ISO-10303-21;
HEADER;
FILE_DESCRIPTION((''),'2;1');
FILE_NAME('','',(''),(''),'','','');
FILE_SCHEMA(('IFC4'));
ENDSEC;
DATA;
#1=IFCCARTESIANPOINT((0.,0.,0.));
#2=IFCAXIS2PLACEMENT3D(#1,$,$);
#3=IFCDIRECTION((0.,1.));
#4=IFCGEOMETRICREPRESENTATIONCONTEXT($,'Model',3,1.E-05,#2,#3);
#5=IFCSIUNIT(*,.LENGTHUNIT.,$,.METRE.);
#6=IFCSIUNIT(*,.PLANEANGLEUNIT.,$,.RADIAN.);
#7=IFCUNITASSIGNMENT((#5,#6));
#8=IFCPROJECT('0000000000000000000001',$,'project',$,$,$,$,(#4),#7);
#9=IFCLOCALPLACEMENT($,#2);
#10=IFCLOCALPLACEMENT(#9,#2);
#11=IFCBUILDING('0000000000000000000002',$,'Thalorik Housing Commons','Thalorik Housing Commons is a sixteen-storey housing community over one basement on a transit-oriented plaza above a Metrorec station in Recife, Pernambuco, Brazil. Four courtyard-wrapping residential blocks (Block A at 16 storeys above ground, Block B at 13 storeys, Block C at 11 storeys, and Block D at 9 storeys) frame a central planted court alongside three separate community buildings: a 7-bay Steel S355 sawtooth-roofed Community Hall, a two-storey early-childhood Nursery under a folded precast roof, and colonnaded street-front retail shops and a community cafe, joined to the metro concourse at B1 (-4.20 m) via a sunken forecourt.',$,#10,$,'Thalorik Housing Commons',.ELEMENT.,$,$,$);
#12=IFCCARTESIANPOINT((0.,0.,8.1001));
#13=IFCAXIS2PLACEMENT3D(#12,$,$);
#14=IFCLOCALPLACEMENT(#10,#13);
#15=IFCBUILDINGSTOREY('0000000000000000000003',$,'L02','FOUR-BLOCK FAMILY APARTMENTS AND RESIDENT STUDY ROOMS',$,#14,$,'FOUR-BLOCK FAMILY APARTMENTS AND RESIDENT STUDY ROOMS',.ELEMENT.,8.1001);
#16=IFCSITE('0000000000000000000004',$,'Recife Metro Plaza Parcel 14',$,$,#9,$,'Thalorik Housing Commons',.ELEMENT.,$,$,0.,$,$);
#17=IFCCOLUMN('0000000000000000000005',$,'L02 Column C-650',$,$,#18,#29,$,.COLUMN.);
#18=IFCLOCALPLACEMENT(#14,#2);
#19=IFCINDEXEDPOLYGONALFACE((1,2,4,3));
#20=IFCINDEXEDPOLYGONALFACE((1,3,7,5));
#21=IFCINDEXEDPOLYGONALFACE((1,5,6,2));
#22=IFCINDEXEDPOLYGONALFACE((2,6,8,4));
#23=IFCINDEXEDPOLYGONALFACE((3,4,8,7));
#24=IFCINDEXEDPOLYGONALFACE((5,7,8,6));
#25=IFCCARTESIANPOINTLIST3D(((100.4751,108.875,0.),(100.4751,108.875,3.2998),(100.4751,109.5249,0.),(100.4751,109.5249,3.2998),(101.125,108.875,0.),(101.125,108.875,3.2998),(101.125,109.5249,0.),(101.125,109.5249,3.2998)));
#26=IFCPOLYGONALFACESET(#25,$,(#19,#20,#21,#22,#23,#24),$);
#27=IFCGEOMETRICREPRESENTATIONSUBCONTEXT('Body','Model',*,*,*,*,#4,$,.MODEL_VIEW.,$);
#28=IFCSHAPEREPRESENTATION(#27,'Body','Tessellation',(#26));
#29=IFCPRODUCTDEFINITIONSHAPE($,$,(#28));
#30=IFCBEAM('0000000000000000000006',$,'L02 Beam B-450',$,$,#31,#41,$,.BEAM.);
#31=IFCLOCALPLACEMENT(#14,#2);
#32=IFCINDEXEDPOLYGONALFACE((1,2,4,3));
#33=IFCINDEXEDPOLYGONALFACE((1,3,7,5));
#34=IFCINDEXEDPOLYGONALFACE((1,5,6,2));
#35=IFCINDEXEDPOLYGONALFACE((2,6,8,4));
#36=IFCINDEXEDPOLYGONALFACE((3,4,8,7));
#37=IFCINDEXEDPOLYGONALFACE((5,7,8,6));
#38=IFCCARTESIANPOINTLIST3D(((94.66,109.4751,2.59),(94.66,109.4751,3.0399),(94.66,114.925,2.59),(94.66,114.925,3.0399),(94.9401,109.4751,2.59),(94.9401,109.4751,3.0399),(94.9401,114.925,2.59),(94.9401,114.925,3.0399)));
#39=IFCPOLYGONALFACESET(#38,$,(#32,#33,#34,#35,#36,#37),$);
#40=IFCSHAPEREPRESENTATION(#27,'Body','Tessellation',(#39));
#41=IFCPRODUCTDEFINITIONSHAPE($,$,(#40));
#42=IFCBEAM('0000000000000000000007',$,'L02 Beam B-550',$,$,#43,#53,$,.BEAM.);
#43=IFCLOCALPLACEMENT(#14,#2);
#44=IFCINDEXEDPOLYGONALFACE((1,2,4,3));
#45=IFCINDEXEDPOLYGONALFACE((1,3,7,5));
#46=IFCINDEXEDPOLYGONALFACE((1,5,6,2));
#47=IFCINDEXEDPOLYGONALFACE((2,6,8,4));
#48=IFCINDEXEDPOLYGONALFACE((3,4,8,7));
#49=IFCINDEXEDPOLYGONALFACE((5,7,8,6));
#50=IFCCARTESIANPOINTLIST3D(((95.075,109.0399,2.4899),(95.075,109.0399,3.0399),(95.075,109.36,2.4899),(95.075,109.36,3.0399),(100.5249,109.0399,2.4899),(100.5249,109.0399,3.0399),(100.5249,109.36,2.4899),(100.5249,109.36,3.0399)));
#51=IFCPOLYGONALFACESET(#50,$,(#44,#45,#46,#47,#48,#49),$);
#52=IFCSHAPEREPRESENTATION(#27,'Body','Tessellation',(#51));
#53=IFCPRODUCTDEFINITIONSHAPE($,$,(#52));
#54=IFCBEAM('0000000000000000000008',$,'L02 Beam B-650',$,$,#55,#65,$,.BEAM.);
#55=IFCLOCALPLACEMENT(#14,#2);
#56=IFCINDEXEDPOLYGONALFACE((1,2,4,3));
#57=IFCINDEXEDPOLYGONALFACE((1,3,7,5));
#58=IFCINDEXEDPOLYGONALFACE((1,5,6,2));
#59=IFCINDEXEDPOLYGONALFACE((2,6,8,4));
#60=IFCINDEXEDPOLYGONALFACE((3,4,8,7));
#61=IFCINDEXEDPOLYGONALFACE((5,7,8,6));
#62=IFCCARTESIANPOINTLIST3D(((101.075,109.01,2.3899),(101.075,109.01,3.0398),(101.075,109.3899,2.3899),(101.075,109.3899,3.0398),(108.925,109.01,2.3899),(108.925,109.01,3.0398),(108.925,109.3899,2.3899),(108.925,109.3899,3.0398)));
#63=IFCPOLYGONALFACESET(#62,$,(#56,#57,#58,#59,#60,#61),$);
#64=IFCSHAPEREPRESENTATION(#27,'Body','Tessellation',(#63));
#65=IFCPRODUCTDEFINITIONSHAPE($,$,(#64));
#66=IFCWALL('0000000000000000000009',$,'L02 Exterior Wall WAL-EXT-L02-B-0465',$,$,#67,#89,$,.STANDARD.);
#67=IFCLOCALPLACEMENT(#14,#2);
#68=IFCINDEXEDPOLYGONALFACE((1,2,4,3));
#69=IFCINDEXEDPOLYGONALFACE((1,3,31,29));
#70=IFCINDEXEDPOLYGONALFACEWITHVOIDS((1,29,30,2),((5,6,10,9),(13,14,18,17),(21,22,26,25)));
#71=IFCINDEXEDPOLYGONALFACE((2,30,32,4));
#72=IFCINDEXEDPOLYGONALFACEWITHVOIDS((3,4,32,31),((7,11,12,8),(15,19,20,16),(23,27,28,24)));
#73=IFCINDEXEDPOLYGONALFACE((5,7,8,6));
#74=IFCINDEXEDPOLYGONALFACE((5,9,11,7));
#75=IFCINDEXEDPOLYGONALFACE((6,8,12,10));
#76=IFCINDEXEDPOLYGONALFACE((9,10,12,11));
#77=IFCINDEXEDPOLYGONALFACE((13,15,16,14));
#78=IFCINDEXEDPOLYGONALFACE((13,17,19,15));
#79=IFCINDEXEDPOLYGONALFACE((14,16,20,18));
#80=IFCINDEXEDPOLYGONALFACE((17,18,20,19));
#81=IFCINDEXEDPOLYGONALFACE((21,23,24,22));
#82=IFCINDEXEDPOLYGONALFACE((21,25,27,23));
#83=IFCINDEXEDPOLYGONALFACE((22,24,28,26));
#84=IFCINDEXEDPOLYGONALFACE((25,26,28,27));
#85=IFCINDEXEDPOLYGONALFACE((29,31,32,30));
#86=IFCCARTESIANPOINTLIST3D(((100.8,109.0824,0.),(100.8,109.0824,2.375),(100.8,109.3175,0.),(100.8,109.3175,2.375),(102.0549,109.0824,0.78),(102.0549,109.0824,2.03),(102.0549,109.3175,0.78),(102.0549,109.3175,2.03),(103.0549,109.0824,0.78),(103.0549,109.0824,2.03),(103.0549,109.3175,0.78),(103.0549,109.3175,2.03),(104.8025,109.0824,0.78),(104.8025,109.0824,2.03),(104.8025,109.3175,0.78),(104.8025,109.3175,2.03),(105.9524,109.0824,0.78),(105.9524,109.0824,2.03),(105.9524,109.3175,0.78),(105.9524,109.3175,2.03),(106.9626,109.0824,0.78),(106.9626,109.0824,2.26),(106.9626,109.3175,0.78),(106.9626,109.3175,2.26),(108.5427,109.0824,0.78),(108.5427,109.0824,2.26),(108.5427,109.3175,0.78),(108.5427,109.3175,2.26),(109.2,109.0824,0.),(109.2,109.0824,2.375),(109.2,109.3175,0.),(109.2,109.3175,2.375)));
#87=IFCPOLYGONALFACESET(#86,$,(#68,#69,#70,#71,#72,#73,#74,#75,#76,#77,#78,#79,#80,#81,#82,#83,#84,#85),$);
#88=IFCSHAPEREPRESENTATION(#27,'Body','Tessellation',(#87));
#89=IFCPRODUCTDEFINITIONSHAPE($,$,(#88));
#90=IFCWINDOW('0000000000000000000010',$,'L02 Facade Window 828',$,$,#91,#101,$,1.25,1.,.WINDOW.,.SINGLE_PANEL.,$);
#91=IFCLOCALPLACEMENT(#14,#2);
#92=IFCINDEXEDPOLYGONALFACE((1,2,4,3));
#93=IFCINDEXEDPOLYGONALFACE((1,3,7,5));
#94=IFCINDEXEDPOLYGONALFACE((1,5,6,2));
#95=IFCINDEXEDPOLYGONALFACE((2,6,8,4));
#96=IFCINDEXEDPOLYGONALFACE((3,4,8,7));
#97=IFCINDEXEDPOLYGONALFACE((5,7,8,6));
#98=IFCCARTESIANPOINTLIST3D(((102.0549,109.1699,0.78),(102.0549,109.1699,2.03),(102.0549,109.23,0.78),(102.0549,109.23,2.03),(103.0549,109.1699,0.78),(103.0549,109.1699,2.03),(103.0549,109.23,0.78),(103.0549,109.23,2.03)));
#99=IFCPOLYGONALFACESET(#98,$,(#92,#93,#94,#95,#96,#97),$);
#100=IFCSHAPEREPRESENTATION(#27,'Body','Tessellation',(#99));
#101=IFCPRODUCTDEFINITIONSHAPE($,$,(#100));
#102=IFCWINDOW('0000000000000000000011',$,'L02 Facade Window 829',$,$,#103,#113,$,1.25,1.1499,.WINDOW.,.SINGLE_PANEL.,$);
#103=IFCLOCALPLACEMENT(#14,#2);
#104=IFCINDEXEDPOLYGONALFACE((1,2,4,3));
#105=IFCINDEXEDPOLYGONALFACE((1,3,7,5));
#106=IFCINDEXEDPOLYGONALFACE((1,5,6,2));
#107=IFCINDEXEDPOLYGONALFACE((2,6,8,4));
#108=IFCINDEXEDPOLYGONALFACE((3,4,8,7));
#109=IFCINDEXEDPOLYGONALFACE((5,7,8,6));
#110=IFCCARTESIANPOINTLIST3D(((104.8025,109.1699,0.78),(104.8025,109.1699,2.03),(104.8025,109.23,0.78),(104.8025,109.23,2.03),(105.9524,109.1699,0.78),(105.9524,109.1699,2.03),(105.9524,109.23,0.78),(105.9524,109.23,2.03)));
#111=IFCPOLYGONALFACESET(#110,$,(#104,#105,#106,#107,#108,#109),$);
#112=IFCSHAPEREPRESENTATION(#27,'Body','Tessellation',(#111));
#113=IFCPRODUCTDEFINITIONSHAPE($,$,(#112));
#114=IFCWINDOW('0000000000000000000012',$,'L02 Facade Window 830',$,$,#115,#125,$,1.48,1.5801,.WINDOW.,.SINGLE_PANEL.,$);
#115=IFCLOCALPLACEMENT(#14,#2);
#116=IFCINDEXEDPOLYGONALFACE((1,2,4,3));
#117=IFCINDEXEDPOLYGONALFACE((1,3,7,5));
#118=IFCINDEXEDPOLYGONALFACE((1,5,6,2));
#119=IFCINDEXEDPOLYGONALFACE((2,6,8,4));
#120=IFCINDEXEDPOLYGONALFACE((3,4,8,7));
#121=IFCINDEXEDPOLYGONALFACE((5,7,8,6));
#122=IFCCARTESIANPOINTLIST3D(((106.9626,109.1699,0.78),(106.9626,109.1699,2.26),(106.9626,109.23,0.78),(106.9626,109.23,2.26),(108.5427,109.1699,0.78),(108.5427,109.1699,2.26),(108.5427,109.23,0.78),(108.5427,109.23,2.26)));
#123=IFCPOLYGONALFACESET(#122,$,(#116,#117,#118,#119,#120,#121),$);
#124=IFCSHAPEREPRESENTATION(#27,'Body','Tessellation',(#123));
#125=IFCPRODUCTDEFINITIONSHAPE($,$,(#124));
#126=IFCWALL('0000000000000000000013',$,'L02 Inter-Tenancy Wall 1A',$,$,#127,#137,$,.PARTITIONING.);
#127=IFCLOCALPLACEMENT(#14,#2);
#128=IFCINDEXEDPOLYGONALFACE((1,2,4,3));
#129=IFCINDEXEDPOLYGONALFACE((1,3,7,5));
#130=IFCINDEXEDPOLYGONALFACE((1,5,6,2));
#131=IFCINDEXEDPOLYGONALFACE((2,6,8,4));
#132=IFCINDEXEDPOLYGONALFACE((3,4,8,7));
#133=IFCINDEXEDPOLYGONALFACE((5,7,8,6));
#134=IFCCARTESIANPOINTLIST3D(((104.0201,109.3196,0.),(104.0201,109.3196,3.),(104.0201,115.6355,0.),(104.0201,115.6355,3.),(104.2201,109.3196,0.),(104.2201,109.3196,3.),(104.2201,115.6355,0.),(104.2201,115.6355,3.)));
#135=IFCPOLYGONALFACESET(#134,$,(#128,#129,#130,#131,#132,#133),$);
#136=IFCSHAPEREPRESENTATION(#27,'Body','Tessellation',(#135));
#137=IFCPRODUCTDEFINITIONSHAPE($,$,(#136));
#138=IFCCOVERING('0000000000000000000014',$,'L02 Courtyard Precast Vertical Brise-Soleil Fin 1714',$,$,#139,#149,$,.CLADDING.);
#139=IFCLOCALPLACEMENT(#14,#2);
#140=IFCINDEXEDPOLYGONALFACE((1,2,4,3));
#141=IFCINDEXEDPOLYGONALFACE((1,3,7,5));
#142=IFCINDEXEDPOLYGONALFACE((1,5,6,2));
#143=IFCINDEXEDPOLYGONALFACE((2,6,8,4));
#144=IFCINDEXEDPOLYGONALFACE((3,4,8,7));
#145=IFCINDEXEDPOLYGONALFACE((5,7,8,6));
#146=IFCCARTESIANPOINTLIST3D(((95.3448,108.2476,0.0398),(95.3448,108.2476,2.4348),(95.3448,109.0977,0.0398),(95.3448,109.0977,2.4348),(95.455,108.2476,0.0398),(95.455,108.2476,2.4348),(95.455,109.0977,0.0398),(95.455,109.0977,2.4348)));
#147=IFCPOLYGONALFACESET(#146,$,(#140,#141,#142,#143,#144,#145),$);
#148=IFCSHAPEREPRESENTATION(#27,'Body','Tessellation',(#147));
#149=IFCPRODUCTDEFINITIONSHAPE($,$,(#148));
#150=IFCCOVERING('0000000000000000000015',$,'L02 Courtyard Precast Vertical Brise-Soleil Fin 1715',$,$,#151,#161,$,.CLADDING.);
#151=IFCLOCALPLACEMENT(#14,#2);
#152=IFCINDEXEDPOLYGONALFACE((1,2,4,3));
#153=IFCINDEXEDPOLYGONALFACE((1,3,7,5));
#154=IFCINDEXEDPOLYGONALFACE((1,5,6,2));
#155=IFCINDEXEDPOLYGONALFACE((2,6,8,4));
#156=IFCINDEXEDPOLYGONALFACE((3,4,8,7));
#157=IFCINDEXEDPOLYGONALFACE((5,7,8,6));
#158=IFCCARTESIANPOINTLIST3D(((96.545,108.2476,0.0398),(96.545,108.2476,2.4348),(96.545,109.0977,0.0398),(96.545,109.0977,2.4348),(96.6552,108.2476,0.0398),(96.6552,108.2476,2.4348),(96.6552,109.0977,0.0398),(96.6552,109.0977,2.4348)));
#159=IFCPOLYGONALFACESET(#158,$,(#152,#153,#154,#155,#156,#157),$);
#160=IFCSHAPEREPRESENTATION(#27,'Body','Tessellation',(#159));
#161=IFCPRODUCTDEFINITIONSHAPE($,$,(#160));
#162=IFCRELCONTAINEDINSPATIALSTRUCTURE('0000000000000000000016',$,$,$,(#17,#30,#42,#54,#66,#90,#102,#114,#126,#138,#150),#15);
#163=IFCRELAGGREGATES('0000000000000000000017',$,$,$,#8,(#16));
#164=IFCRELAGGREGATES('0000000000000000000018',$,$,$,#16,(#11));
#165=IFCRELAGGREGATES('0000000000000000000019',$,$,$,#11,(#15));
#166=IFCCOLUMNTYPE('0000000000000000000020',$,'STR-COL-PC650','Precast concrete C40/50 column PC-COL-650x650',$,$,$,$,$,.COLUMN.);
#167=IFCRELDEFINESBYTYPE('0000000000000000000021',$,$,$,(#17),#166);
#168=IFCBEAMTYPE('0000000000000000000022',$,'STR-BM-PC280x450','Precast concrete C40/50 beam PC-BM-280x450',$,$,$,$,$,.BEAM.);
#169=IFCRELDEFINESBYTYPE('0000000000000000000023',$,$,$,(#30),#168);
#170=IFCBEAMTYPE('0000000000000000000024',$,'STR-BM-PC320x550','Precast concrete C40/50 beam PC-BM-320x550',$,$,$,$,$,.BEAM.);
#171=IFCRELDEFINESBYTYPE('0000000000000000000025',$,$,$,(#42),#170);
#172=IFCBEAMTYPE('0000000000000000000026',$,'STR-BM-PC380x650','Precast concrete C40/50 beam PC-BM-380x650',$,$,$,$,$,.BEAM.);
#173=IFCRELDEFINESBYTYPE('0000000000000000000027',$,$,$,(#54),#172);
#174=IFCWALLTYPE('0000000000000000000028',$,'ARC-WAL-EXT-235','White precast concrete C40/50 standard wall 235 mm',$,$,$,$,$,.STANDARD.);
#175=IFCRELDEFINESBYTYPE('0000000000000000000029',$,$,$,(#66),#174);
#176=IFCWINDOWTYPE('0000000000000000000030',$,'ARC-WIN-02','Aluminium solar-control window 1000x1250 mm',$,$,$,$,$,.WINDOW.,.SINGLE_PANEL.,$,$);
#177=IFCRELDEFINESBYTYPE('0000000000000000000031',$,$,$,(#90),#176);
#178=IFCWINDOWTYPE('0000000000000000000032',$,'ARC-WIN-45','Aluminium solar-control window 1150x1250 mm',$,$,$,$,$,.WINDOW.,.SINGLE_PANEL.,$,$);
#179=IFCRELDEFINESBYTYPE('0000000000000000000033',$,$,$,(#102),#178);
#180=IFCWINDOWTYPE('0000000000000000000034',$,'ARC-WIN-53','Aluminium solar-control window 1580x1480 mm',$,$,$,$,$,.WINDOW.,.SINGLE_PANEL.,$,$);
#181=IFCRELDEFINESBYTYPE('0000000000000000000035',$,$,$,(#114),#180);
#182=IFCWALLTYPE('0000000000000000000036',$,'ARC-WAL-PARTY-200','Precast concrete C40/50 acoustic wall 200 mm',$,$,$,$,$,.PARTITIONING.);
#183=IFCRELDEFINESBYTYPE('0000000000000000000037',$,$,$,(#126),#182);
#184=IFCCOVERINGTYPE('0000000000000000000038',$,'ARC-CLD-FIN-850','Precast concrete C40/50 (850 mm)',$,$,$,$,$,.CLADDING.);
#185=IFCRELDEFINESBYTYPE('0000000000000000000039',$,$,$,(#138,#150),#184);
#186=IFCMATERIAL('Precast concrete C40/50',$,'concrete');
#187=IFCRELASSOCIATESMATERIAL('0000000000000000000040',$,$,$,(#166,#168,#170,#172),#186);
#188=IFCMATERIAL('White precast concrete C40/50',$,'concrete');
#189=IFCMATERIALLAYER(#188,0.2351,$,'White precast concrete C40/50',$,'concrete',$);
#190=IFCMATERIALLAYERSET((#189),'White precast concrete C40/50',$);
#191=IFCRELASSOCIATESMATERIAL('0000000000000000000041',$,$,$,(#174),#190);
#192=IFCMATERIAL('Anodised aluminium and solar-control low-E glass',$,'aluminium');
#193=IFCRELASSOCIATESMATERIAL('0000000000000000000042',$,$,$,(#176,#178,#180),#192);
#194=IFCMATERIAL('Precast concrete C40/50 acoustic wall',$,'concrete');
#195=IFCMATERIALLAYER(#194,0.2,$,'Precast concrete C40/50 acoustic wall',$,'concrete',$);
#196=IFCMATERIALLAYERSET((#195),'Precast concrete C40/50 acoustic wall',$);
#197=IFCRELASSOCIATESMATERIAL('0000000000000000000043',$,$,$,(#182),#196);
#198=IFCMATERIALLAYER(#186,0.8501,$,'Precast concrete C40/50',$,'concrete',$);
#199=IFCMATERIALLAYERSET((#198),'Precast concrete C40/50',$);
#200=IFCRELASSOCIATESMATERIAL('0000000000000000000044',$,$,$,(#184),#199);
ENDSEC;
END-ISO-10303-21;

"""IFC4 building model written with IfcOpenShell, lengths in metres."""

from ifc_helpers import new_model, si_unit, direction, frame, frame_2d, origin, origin_2d, place, context, subcontext, project, spatial, rectangle, extrude, material, layer, layer_set, material_profile, profile_set, type_object, element, fill, save


model = new_model("IFC4")

# Units and contexts
model_context = context("Model", 3, precision=1e-05, world=origin(), true_north=direction((0.0, 1.0)))
body_context = subcontext(model_context, "Body", "Model", "MODEL_VIEW")
ifc_project = project(units=[si_unit("LENGTHUNIT", "METRE"), si_unit("PLANEANGLEUNIT", "RADIAN")], contexts=[model_context])

# Site, building, storey
site_placement = place(None, origin())
site = spatial("IfcSite", under=ifc_project, at=site_placement, Name="Recife Metro Plaza Parcel 14", LongName="Thalorik Housing Commons", CompositionType="ELEMENT", RefElevation=0.0)
building_placement = place(site_placement, origin())
building = spatial("IfcBuilding", under=site, at=building_placement, Name="Thalorik Housing Commons", Description="Thalorik Housing Commons is a sixteen-storey housing community over one basement on a transit-oriented plaza above a Metrorec station in Recife, Pernambuco, Brazil. Four courtyard-wrapping residential blocks (Block A at 16 storeys above ground, Block B at 13 storeys, Block C at 11 storeys, and Block D at 9 storeys) frame a central planted court alongside three separate community buildings: a 7-bay Steel S355 sawtooth-roofed Community Hall, a two-storey early-childhood Nursery under a folded precast roof, and colonnaded street-front retail shops and a community cafe, joined to the metro concourse at B1 (-4.20 m) via a sunken forecourt.", LongName="Thalorik Housing Commons", CompositionType="ELEMENT")
storey_placement = place(building_placement, frame((0.0, 0.0, 8.1001)))
storey = spatial("IfcBuildingStorey", under=building, at=storey_placement, Name="L02", Description="FOUR-BLOCK FAMILY APARTMENTS AND RESIDENT STUDY ROOMS", LongName="FOUR-BLOCK FAMILY APARTMENTS AND RESIDENT STUDY ROOMS", CompositionType="ELEMENT", Elevation=8.1001)

# Column
ifc_material_1 = material(Name="Precast concrete C40/50", Category="concrete")
ifc_material_profile_1 = material_profile(ifc_material_1, rectangle(XDim=0.6499, YDim=0.6499, at=origin_2d()), Name="PC 650x650", Category="concrete")
ifc_profile_set_1 = profile_set([ifc_material_profile_1], Name="Precast concrete C40/50")
column_type = type_object("IfcColumnType", Name="STR-COL-PC650", Description="Precast concrete C40/50 column PC-COL-650x650", PredefinedType="COLUMN", material=ifc_profile_set_1)
column_placement = place(storey_placement, frame((100.8, 109.2, 0.0), z_axis=(0.0, 0.0, 1.0), x_axis=(1.0, 0.0, 0.0)))
element("IfcColumn", 1, at=column_placement, inside=storey, type_object=column_type, Name="L02 Column C-650", PredefinedType="COLUMN", context=body_context, shape_type="SweptSolid", body=[
    extrude(rectangle(XDim=0.6499, YDim=0.6499, at=origin_2d()), origin(), (0.0, 0.0, 1.0), 3.2998),
])

# Beams
ifc_material_profile_2 = material_profile(ifc_material_1, rectangle(XDim=0.28, YDim=0.45, at=origin_2d()), Name="PC 280x450", Category="concrete")
ifc_profile_set_2 = profile_set([ifc_material_profile_2], Name="Precast concrete C40/50")
beam_type_1 = type_object("IfcBeamType", Name="STR-BM-PC280x450", Description="Precast concrete C40/50 beam PC-BM-280x450", PredefinedType="BEAM", material=ifc_profile_set_2)
beam_1_placement = place(storey_placement, frame((94.8, 109.4751, 2.8149), z_axis=(0.0, 1.0, 0.0), x_axis=(-1.0, 0.0, 0.0)))
element("IfcBeam", 2, at=beam_1_placement, inside=storey, type_object=beam_type_1, Name="L02 Beam B-450", PredefinedType="BEAM", context=body_context, shape_type="SweptSolid", body=[
    extrude(rectangle(XDim=0.28, YDim=0.45, at=origin_2d()), origin(), (0.0, 0.0, 1.0), 5.45),
])
ifc_material_profile_3 = material_profile(ifc_material_1, rectangle(XDim=0.3201, YDim=0.55, at=origin_2d()), Name="PC 320x550", Category="concrete")
ifc_profile_set_3 = profile_set([ifc_material_profile_3], Name="Precast concrete C40/50")
beam_type_2 = type_object("IfcBeamType", Name="STR-BM-PC320x550", Description="Precast concrete C40/50 beam PC-BM-320x550", PredefinedType="BEAM", material=ifc_profile_set_3)
beam_2_placement = place(storey_placement, frame((95.075, 109.2, 2.7649), z_axis=(1.0, 0.0, 0.0), x_axis=(0.0, 1.0, 0.0)))
element("IfcBeam", 3, at=beam_2_placement, inside=storey, type_object=beam_type_2, Name="L02 Beam B-550", PredefinedType="BEAM", context=body_context, shape_type="SweptSolid", body=[
    extrude(rectangle(XDim=0.3201, YDim=0.55, at=origin_2d()), origin(), (0.0, 0.0, 1.0), 5.45),
])
ifc_material_profile_4 = material_profile(ifc_material_1, rectangle(XDim=0.3799, YDim=0.6499, at=origin_2d()), Name="PC 380x650", Category="concrete")
ifc_profile_set_4 = profile_set([ifc_material_profile_4], Name="Precast concrete C40/50")
beam_type_3 = type_object("IfcBeamType", Name="STR-BM-PC380x650", Description="Precast concrete C40/50 beam PC-BM-380x650", PredefinedType="BEAM", material=ifc_profile_set_4)
beam_3_placement = place(storey_placement, frame((101.075, 109.2, 2.7148), z_axis=(1.0, 0.0, 0.0), x_axis=(0.0, 1.0, 0.0)))
element("IfcBeam", 4, at=beam_3_placement, inside=storey, type_object=beam_type_3, Name="L02 Beam B-650", PredefinedType="BEAM", context=body_context, shape_type="SweptSolid", body=[
    extrude(rectangle(XDim=0.3799, YDim=0.6499, at=origin_2d()), origin(), (0.0, 0.0, 1.0), 7.8501),
])

# Wall, openings, windows
ifc_material_2 = material(Name="White precast concrete C40/50", Category="concrete")
ifc_layer_1 = layer(ifc_material_2, 0.2351, Name="White precast concrete C40/50", Category="concrete")
ifc_layer_set_1 = layer_set([ifc_layer_1], Name="White precast concrete C40/50")
wall_type_1 = type_object("IfcWallType", Name="ARC-WAL-EXT-235", Description="White precast concrete C40/50 standard wall 235 mm", PredefinedType="STANDARD", material=ifc_layer_set_1)
wall_1_placement = place(storey_placement, frame((100.8, 109.2, 0.0), z_axis=(0.0, 0.0, 1.0), x_axis=(1.0, 0.0, 0.0)))
wall_1 = element("IfcWall", 5, at=wall_1_placement, inside=storey, type_object=wall_type_1, Name="L02 Exterior Wall WAL-EXT-L02-B-0465", PredefinedType="STANDARD", context=body_context, shape_type="SweptSolid", body=[
    extrude(rectangle(XDim=8.3999, YDim=0.2351, at=frame_2d((4.2, 0.0))), origin(), (0.0, 0.0, 1.0), 2.375),
])
opening_1_placement = place(wall_1_placement, frame((1.2549, 0.0, 0.78)))
opening_1 = element("IfcOpeningElement", 6, at=opening_1_placement, cuts=wall_1, PredefinedType="OPENING", context=body_context, shape_type="SweptSolid", body=[
    extrude(rectangle(XDim=1.0, YDim=1.25, at=frame_2d((0.5, 0.625))), frame((0.0, 0.1274, 0.0), z_axis=(0.0, -1.0, 0.0), x_axis=(1.0, 0.0, 0.0)), (0.0, 0.0, 1.0), 0.2551),
])
opening_2_placement = place(wall_1_placement, frame((4.0024, 0.0, 0.78)))
opening_2 = element("IfcOpeningElement", 7, at=opening_2_placement, cuts=wall_1, PredefinedType="OPENING", context=body_context, shape_type="SweptSolid", body=[
    extrude(rectangle(XDim=1.1499, YDim=1.25, at=frame_2d((0.575, 0.625))), frame((0.0, 0.1274, 0.0), z_axis=(0.0, -1.0, 0.0), x_axis=(1.0, 0.0, 0.0)), (0.0, 0.0, 1.0), 0.2551),
])
opening_3_placement = place(wall_1_placement, frame((6.1626, 0.0, 0.78)))
opening_3 = element("IfcOpeningElement", 8, at=opening_3_placement, cuts=wall_1, PredefinedType="OPENING", context=body_context, shape_type="SweptSolid", body=[
    extrude(rectangle(XDim=1.5801, YDim=1.48, at=frame_2d((0.79, 0.74))), frame((0.0, 0.1274, 0.0), z_axis=(0.0, -1.0, 0.0), x_axis=(1.0, 0.0, 0.0)), (0.0, 0.0, 1.0), 0.2551),
])
ifc_material_3 = material(Name="Anodised aluminium and solar-control low-E glass", Category="aluminium")
window_type_1 = type_object("IfcWindowType", Name="ARC-WIN-02", Description="Aluminium solar-control window 1000x1250 mm", PartitioningType="SINGLE_PANEL", PredefinedType="WINDOW", material=ifc_material_3)
window_1_placement = place(opening_1_placement, origin())
window_1 = element("IfcWindow", 9, at=window_1_placement, inside=storey, type_object=window_type_1, Name="L02 Facade Window 828", OverallHeight=1.25, OverallWidth=1.0, PartitioningType="SINGLE_PANEL", PredefinedType="WINDOW", context=body_context, shape_type="SweptSolid", body=[
    extrude(rectangle(XDim=1.0, YDim=1.25, at=frame_2d((0.5, 0.625))), frame((0.0, 0.03, 0.0), z_axis=(0.0, -1.0, 0.0), x_axis=(1.0, 0.0, 0.0)), (0.0, 0.0, 1.0), 0.0601),
])
fill(opening_1, window_1)
window_type_2 = type_object("IfcWindowType", Name="ARC-WIN-45", Description="Aluminium solar-control window 1150x1250 mm", PartitioningType="SINGLE_PANEL", PredefinedType="WINDOW", material=ifc_material_3)
window_2_placement = place(opening_2_placement, origin())
window_2 = element("IfcWindow", 10, at=window_2_placement, inside=storey, type_object=window_type_2, Name="L02 Facade Window 829", OverallHeight=1.25, OverallWidth=1.1499, PartitioningType="SINGLE_PANEL", PredefinedType="WINDOW", context=body_context, shape_type="SweptSolid", body=[
    extrude(rectangle(XDim=1.1499, YDim=1.25, at=frame_2d((0.575, 0.625))), frame((0.0, 0.03, 0.0), z_axis=(0.0, -1.0, 0.0), x_axis=(1.0, 0.0, 0.0)), (0.0, 0.0, 1.0), 0.0601),
])
fill(opening_2, window_2)
window_type_3 = type_object("IfcWindowType", Name="ARC-WIN-53", Description="Aluminium solar-control window 1580x1480 mm", PartitioningType="SINGLE_PANEL", PredefinedType="WINDOW", material=ifc_material_3)
window_3_placement = place(opening_3_placement, origin())
window_3 = element("IfcWindow", 11, at=window_3_placement, inside=storey, type_object=window_type_3, Name="L02 Facade Window 830", OverallHeight=1.48, OverallWidth=1.5801, PartitioningType="SINGLE_PANEL", PredefinedType="WINDOW", context=body_context, shape_type="SweptSolid", body=[
    extrude(rectangle(XDim=1.5801, YDim=1.48, at=frame_2d((0.79, 0.74))), frame((0.0, 0.03, 0.0), z_axis=(0.0, -1.0, 0.0), x_axis=(1.0, 0.0, 0.0)), (0.0, 0.0, 1.0), 0.0601),
])
fill(opening_3, window_3)

# Wall
ifc_material_4 = material(Name="Precast concrete C40/50 acoustic wall", Category="concrete")
ifc_layer_2 = layer(ifc_material_4, 0.2, Name="Precast concrete C40/50 acoustic wall", Category="concrete")
ifc_layer_set_2 = layer_set([ifc_layer_2], Name="Precast concrete C40/50 acoustic wall")
wall_type_2 = type_object("IfcWallType", Name="ARC-WAL-PARTY-200", Description="Precast concrete C40/50 acoustic wall 200 mm", PredefinedType="PARTITIONING", material=ifc_layer_set_2)
wall_2_placement = place(storey_placement, frame((104.1201, 109.3196, 0.0), z_axis=(0.0, 0.0, 1.0), x_axis=(0.0, 1.0, 0.0)))
element("IfcWall", 12, at=wall_2_placement, inside=storey, type_object=wall_type_2, Name="L02 Inter-Tenancy Wall 1A", PredefinedType="PARTITIONING", context=body_context, shape_type="SweptSolid", body=[
    extrude(rectangle(XDim=6.3159, YDim=0.2, at=frame_2d((3.158, 0.0))), origin(), (0.0, 0.0, 1.0), 3.0),
])

# Coverings
ifc_layer_3 = layer(ifc_material_1, 0.8501, Name="Precast concrete C40/50", Category="concrete")
ifc_layer_set_3 = layer_set([ifc_layer_3], Name="Precast concrete C40/50")
covering_type_1 = type_object("IfcCoveringType", Name="ARC-CLD-FIN-850", Description="Precast concrete C40/50 (850 mm)", PredefinedType="CLADDING", material=ifc_layer_set_3)
for number, where, z_axis, x_axis, name in (
    (13, (95.3999, 108.6726, 0.0398), (0.0, 0.0, 1.0), (1.0, 0.0, 0.0), "L02 Courtyard Precast Vertical Brise-Soleil Fin 1714"),
    (14, (96.6001, 108.6726, 0.0398), (0.0, 0.0, 1.0), (1.0, 0.0, 0.0), "L02 Courtyard Precast Vertical Brise-Soleil Fin 1715"),
):
    element("IfcCovering", number, at=place(storey_placement, frame(where, z_axis=z_axis, x_axis=x_axis)), inside=storey, type_object=covering_type_1, Name=name, PredefinedType="CLADDING", context=body_context, shape_type="SweptSolid", body=[
        extrude(rectangle(XDim=0.1101, YDim=0.8501, at=origin_2d()), origin(), (0.0, 0.0, 1.0), 2.395),
    ])

save(model, "model.ifc")
